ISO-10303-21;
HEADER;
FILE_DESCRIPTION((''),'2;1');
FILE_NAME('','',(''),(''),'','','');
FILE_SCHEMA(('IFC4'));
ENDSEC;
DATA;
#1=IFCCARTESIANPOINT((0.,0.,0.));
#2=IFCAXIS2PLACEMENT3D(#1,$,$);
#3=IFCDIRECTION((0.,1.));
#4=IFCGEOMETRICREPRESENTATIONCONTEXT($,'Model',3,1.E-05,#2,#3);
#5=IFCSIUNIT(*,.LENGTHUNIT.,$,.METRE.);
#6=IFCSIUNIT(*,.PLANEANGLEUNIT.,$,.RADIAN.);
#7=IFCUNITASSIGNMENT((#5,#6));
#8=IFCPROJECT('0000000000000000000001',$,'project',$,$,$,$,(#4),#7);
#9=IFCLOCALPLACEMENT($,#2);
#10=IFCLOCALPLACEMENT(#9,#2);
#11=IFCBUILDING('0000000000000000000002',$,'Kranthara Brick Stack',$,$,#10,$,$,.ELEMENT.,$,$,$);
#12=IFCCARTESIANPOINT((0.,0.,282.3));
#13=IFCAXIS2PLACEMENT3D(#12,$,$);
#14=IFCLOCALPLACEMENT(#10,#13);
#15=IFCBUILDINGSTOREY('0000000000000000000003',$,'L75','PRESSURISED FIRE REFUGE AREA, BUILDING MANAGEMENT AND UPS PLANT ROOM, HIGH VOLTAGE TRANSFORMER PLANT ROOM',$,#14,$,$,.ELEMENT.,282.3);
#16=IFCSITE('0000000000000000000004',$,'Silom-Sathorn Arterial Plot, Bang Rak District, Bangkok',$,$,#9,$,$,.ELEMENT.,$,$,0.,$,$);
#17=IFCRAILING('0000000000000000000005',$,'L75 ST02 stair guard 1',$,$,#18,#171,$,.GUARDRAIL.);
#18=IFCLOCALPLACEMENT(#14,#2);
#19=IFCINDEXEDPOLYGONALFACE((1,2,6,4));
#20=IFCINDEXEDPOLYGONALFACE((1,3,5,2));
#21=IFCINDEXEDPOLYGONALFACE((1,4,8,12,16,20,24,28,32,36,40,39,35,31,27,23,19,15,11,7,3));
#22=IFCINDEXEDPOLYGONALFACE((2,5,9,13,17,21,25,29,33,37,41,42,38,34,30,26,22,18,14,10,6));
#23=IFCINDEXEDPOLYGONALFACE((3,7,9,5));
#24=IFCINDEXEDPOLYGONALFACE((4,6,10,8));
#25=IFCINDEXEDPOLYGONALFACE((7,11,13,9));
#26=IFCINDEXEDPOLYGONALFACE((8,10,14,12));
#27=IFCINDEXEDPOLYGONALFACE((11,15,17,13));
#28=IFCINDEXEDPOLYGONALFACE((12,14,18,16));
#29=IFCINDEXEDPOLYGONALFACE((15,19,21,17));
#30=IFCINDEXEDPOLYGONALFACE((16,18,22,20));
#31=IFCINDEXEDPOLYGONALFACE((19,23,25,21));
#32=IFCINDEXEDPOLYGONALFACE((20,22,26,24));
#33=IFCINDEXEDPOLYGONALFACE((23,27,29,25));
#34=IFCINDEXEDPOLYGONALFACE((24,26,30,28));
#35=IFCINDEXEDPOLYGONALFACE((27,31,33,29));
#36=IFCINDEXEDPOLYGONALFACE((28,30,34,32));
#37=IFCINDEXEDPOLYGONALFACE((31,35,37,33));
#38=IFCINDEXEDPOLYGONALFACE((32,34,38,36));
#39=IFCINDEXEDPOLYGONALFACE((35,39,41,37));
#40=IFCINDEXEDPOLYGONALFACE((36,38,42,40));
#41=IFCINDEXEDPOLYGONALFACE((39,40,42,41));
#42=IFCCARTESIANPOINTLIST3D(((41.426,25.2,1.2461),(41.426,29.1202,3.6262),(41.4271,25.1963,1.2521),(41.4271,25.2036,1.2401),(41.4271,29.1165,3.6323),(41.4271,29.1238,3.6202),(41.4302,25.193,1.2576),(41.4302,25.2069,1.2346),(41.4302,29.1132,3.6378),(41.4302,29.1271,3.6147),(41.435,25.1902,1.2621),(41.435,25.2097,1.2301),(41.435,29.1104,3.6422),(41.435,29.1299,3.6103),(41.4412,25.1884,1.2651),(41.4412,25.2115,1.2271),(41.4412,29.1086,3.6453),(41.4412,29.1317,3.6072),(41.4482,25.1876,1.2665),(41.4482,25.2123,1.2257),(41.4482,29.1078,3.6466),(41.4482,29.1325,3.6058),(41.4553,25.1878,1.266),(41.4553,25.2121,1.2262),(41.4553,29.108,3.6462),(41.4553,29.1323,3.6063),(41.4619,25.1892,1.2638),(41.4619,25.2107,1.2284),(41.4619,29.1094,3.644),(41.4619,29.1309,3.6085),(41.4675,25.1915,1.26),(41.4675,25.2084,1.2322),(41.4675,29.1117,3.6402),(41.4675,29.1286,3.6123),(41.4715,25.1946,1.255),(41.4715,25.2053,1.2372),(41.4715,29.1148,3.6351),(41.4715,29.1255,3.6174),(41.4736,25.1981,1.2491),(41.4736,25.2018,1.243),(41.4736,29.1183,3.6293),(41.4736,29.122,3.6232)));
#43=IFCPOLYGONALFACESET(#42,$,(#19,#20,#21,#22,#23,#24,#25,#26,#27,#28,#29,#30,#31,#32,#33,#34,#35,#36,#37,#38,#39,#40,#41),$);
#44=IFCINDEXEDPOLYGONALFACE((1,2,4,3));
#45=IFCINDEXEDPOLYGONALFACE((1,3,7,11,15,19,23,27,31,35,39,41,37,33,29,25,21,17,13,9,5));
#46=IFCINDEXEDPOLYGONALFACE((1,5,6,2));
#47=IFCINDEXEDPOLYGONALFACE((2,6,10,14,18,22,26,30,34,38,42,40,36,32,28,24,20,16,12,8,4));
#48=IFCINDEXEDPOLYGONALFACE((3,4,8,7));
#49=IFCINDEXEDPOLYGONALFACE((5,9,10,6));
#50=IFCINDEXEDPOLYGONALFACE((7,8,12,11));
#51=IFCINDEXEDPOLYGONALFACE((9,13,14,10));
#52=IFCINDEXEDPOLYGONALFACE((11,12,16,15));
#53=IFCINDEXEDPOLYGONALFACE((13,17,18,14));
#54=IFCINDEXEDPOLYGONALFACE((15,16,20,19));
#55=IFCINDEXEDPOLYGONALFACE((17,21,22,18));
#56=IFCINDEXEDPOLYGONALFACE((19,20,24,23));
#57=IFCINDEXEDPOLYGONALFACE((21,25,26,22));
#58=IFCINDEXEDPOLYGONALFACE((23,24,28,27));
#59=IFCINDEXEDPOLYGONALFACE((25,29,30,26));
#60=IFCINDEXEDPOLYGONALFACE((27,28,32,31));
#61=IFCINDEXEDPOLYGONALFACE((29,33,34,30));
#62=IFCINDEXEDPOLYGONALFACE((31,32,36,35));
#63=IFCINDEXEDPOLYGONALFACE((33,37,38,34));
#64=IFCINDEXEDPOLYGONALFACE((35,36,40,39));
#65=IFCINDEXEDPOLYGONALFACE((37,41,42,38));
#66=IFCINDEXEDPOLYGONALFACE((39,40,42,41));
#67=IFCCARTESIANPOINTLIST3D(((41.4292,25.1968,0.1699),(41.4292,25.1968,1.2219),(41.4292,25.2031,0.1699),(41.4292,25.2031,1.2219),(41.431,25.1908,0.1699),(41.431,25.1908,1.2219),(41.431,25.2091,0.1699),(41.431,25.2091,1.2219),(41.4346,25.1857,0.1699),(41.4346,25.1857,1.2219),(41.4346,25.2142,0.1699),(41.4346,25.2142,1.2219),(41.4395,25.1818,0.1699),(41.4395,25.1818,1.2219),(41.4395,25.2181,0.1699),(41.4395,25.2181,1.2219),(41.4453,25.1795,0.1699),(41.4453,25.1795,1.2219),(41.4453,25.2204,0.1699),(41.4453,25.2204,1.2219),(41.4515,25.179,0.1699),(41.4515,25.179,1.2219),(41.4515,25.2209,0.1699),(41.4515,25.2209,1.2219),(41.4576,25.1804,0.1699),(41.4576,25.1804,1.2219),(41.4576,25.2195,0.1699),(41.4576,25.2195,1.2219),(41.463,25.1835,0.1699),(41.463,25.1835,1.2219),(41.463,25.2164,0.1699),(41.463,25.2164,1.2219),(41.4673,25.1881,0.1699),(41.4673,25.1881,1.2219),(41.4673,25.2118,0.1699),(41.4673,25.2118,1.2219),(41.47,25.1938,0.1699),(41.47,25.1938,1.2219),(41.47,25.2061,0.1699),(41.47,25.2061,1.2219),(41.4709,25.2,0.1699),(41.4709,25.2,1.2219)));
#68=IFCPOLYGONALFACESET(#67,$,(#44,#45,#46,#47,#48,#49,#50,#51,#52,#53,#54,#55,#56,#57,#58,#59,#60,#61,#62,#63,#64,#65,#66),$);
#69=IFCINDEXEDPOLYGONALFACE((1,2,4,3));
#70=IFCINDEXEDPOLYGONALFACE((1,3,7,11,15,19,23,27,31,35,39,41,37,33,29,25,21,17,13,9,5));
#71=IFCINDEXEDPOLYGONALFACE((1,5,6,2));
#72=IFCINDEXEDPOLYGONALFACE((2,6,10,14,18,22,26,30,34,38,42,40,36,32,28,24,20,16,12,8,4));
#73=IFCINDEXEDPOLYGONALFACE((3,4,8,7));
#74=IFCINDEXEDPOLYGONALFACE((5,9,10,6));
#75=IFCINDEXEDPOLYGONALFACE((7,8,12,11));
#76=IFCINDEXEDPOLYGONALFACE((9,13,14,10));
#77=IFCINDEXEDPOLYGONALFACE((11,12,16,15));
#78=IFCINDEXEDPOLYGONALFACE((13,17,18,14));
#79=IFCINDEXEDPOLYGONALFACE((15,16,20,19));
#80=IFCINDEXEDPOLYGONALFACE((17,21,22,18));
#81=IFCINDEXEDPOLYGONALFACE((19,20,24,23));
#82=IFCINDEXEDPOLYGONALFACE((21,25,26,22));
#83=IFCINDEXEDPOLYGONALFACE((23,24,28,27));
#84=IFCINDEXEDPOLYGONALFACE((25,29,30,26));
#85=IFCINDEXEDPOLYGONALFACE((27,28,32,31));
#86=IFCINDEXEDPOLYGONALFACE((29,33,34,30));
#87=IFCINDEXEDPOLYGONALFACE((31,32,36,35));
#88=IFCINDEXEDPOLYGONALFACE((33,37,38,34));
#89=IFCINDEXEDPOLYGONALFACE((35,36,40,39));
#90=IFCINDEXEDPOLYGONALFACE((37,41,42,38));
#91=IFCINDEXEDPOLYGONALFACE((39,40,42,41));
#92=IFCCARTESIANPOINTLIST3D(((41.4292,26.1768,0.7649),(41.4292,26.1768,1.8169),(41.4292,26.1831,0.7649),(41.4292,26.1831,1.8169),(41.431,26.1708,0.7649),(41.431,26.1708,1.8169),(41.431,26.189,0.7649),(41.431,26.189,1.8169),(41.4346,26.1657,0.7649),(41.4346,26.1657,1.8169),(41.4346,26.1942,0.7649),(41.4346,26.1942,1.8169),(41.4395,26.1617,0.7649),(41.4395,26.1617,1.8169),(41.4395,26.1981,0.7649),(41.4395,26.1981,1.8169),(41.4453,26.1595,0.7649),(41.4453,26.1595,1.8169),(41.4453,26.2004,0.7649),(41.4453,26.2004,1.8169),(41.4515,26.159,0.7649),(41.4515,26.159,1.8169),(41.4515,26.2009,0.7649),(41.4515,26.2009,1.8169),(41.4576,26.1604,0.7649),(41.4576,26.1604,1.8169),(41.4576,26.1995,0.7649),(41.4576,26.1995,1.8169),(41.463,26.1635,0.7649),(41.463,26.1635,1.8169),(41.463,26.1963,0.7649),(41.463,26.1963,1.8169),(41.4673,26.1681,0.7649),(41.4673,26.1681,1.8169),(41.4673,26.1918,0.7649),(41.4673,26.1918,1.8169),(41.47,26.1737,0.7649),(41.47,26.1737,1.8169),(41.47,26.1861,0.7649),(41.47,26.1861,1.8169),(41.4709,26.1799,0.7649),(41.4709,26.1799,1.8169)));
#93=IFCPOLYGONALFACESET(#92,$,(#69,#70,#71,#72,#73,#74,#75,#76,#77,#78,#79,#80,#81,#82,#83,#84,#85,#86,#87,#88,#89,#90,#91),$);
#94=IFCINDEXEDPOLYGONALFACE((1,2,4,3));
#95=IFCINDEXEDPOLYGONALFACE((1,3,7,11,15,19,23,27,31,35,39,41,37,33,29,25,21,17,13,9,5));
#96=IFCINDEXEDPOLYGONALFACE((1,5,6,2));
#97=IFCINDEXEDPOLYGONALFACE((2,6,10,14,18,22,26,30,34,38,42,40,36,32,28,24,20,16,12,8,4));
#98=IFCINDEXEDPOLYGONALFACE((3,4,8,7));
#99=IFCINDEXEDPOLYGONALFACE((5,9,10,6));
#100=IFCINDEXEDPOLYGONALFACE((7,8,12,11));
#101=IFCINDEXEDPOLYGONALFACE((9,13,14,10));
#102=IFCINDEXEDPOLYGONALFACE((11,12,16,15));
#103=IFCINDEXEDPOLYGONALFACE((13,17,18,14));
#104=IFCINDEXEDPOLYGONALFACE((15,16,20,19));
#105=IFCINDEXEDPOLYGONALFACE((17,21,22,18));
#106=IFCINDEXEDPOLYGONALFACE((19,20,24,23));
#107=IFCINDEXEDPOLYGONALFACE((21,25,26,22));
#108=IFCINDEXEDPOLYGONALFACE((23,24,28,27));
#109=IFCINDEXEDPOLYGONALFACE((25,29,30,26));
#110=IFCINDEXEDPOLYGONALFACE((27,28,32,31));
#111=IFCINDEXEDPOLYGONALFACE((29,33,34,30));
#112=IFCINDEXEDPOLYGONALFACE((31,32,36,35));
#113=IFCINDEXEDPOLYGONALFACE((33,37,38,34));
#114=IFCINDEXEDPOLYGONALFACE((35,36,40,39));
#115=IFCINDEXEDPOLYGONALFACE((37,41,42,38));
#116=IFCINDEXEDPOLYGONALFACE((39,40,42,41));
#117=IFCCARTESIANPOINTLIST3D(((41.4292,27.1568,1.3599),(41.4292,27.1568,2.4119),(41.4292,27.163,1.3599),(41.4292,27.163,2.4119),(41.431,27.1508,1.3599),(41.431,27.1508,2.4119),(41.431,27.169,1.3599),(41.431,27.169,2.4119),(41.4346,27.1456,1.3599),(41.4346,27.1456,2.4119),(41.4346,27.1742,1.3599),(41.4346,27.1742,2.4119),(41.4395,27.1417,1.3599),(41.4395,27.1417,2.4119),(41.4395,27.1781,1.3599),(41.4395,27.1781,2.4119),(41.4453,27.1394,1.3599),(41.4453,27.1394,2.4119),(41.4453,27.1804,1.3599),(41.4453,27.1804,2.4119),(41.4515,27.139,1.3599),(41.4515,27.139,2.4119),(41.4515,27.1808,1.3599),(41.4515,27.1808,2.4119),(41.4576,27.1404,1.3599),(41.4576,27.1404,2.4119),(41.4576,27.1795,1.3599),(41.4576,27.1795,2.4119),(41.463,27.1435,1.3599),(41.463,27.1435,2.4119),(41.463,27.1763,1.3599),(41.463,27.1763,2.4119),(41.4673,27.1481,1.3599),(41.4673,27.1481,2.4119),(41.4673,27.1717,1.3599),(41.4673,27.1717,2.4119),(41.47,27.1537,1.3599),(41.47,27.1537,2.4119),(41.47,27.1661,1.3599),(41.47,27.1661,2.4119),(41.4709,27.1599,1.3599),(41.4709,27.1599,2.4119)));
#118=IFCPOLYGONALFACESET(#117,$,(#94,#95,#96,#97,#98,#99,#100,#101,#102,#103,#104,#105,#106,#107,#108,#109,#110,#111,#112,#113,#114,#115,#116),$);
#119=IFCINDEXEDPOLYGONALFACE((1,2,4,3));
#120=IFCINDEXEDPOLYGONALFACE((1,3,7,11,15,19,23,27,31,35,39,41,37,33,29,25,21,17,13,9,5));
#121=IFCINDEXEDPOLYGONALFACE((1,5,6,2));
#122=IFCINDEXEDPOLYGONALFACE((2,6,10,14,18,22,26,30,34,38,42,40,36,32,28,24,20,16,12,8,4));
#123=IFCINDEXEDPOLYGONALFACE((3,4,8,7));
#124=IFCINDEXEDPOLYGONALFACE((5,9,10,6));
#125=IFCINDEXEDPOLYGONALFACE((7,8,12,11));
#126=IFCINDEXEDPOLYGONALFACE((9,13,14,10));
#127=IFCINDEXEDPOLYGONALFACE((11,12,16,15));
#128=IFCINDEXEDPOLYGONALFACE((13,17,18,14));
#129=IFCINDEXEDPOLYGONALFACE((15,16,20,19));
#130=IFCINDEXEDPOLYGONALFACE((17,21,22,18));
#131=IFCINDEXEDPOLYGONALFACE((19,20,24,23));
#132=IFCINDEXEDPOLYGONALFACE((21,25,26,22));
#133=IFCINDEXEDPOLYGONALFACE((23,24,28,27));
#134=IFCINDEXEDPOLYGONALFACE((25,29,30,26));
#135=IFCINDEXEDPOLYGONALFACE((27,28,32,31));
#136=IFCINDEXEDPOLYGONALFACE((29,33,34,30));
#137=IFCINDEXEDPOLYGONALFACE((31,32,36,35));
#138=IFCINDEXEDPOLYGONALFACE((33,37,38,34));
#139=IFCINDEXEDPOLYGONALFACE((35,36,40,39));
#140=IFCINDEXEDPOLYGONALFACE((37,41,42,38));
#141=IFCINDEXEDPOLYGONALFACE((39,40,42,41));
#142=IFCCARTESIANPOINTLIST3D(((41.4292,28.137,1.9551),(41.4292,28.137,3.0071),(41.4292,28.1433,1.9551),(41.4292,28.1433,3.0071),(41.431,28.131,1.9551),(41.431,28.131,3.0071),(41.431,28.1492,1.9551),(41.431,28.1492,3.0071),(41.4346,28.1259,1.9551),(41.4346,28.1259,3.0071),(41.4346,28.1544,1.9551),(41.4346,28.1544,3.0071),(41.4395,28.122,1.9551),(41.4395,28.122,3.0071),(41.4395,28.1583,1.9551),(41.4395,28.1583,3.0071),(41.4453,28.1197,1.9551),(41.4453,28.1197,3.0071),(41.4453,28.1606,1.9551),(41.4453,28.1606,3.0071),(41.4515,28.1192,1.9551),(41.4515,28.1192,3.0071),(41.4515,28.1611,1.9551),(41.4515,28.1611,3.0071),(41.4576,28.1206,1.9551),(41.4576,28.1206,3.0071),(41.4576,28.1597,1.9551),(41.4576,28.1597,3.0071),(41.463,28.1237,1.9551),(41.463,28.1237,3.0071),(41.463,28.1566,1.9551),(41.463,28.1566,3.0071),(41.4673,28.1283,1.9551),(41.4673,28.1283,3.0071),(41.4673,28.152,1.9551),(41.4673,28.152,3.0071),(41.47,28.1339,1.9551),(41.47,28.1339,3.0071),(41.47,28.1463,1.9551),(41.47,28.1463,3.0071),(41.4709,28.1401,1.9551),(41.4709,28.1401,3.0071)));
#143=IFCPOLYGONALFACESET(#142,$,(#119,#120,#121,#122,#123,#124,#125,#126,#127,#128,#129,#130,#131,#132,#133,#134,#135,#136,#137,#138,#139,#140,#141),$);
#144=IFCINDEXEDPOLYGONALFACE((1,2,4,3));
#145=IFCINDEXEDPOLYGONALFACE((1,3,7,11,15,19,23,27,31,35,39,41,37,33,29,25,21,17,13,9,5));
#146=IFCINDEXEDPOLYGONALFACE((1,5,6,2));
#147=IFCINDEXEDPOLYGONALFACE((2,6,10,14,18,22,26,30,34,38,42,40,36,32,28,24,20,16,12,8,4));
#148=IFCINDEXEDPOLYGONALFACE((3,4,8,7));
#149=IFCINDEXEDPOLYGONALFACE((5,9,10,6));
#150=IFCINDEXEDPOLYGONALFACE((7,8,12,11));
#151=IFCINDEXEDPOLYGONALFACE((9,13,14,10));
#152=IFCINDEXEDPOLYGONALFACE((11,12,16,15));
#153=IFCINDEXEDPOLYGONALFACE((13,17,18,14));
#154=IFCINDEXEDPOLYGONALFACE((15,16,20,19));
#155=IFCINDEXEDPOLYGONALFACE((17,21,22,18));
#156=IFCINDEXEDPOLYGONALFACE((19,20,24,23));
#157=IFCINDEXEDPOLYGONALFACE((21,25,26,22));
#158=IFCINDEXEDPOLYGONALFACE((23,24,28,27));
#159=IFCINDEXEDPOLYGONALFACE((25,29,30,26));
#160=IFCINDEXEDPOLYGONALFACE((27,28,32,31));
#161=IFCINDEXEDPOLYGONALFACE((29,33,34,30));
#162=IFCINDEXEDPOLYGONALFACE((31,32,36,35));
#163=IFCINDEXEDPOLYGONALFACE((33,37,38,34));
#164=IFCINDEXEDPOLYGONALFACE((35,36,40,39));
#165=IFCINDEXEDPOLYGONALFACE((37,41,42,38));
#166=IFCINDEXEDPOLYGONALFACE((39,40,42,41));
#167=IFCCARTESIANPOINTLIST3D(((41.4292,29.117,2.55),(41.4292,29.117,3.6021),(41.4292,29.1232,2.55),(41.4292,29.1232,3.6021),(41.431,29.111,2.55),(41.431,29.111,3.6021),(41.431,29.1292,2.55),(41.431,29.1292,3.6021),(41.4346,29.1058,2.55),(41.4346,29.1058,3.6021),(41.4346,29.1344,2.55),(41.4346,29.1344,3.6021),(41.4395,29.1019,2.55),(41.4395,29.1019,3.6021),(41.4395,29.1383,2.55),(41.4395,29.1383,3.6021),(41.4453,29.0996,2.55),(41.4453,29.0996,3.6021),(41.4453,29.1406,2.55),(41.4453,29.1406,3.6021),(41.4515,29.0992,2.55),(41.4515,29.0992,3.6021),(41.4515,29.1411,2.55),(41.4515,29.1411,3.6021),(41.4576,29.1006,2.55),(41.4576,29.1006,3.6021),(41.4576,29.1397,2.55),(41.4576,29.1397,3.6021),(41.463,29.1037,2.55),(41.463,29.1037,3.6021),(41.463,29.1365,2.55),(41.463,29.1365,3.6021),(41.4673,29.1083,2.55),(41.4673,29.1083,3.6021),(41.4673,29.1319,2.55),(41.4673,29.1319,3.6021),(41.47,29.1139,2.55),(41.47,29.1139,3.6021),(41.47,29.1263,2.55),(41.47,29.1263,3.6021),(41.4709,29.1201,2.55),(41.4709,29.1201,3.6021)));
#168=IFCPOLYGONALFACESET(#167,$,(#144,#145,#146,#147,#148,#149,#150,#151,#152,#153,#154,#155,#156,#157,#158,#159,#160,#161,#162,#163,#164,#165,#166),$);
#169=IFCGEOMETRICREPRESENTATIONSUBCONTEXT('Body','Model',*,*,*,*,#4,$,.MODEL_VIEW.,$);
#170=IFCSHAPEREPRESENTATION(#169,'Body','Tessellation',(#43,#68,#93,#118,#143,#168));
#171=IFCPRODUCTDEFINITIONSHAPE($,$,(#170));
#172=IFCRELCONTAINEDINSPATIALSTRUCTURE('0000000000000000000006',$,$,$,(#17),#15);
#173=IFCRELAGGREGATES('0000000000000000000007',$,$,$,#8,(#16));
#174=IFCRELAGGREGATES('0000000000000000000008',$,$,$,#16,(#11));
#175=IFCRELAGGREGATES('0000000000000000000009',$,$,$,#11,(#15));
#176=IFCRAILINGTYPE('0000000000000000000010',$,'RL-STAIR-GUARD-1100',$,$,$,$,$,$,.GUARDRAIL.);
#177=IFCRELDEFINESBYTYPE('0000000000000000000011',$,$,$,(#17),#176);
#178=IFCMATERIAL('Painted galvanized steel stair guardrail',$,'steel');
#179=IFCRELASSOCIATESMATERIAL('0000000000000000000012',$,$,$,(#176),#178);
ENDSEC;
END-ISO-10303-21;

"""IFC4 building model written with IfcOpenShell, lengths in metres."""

from ifc_helpers import new_model, si_unit, direction, frame, origin, origin_2d, place, context, subcontext, project, spatial, circle, extrude, material, type_object, element, save


model = new_model("IFC4")

# Units and contexts
model_context = context("Model", 3, precision=1e-05, world=origin(), true_north=direction((0.0, 1.0)))
body_context = subcontext(model_context, "Body", "Model", "MODEL_VIEW")
ifc_project = project(units=[si_unit("LENGTHUNIT", "METRE"), si_unit("PLANEANGLEUNIT", "RADIAN")], contexts=[model_context])

# Site, building, storey
site_placement = place(None, origin())
site = spatial("IfcSite", under=ifc_project, at=site_placement, Name="Silom-Sathorn Arterial Plot, Bang Rak District, Bangkok", CompositionType="ELEMENT", RefElevation=0.0)
building_placement = place(site_placement, origin())
building = spatial("IfcBuilding", under=site, at=building_placement, Name="Kranthara Brick Stack", CompositionType="ELEMENT")
storey_placement = place(building_placement, frame((0.0, 0.0, 282.3)))
storey = spatial("IfcBuildingStorey", under=building, at=storey_placement, Name="L75", Description="PRESSURISED FIRE REFUGE AREA, BUILDING MANAGEMENT AND UPS PLANT ROOM, HIGH VOLTAGE TRANSFORMER PLANT ROOM", CompositionType="ELEMENT", Elevation=282.3)

# Railing
ifc_material_1 = material(Name="Painted galvanized steel stair guardrail", Category="steel")
railing_type_1 = type_object("IfcRailingType", Name="RL-STAIR-GUARD-1100", PredefinedType="GUARDRAIL", material=ifc_material_1)
railing_1_placement = place(storey_placement, frame((41.45, 25.2, 0.1699)))
element("IfcRailing", 1, at=railing_1_placement, inside=storey, type_object=railing_type_1, Name="L75 ST02 stair guard 1", PredefinedType="GUARDRAIL", context=body_context, shape_type="SweptSolid", body=[
    extrude(circle(Radius=0.0239, at=origin_2d()), frame((0.0, 0.0, 1.0762), z_axis=(0.0, 0.854785, 0.518982), x_axis=(-1.0, 0.0, 0.0)), (0.0, 0.0, 1.0), 4.5862),
    extrude(circle(Radius=0.021, at=origin_2d()), origin(), (0.0, 0.0, 1.0), 1.052),
    extrude(circle(Radius=0.021, at=origin_2d()), frame((0.0, 0.98, 0.595)), (0.0, 0.0, 1.0), 1.052),
    extrude(circle(Radius=0.021, at=origin_2d()), frame((0.0, 1.96, 1.1899)), (0.0, 0.0, 1.0), 1.052),
    extrude(circle(Radius=0.021, at=origin_2d()), frame((0.0, 2.9402, 1.7852)), (0.0, 0.0, 1.0), 1.052),
    extrude(circle(Radius=0.021, at=origin_2d()), frame((0.0, 3.9202, 2.3801)), (0.0, 0.0, 1.0), 1.052),
])

save(model, "model.ifc")
